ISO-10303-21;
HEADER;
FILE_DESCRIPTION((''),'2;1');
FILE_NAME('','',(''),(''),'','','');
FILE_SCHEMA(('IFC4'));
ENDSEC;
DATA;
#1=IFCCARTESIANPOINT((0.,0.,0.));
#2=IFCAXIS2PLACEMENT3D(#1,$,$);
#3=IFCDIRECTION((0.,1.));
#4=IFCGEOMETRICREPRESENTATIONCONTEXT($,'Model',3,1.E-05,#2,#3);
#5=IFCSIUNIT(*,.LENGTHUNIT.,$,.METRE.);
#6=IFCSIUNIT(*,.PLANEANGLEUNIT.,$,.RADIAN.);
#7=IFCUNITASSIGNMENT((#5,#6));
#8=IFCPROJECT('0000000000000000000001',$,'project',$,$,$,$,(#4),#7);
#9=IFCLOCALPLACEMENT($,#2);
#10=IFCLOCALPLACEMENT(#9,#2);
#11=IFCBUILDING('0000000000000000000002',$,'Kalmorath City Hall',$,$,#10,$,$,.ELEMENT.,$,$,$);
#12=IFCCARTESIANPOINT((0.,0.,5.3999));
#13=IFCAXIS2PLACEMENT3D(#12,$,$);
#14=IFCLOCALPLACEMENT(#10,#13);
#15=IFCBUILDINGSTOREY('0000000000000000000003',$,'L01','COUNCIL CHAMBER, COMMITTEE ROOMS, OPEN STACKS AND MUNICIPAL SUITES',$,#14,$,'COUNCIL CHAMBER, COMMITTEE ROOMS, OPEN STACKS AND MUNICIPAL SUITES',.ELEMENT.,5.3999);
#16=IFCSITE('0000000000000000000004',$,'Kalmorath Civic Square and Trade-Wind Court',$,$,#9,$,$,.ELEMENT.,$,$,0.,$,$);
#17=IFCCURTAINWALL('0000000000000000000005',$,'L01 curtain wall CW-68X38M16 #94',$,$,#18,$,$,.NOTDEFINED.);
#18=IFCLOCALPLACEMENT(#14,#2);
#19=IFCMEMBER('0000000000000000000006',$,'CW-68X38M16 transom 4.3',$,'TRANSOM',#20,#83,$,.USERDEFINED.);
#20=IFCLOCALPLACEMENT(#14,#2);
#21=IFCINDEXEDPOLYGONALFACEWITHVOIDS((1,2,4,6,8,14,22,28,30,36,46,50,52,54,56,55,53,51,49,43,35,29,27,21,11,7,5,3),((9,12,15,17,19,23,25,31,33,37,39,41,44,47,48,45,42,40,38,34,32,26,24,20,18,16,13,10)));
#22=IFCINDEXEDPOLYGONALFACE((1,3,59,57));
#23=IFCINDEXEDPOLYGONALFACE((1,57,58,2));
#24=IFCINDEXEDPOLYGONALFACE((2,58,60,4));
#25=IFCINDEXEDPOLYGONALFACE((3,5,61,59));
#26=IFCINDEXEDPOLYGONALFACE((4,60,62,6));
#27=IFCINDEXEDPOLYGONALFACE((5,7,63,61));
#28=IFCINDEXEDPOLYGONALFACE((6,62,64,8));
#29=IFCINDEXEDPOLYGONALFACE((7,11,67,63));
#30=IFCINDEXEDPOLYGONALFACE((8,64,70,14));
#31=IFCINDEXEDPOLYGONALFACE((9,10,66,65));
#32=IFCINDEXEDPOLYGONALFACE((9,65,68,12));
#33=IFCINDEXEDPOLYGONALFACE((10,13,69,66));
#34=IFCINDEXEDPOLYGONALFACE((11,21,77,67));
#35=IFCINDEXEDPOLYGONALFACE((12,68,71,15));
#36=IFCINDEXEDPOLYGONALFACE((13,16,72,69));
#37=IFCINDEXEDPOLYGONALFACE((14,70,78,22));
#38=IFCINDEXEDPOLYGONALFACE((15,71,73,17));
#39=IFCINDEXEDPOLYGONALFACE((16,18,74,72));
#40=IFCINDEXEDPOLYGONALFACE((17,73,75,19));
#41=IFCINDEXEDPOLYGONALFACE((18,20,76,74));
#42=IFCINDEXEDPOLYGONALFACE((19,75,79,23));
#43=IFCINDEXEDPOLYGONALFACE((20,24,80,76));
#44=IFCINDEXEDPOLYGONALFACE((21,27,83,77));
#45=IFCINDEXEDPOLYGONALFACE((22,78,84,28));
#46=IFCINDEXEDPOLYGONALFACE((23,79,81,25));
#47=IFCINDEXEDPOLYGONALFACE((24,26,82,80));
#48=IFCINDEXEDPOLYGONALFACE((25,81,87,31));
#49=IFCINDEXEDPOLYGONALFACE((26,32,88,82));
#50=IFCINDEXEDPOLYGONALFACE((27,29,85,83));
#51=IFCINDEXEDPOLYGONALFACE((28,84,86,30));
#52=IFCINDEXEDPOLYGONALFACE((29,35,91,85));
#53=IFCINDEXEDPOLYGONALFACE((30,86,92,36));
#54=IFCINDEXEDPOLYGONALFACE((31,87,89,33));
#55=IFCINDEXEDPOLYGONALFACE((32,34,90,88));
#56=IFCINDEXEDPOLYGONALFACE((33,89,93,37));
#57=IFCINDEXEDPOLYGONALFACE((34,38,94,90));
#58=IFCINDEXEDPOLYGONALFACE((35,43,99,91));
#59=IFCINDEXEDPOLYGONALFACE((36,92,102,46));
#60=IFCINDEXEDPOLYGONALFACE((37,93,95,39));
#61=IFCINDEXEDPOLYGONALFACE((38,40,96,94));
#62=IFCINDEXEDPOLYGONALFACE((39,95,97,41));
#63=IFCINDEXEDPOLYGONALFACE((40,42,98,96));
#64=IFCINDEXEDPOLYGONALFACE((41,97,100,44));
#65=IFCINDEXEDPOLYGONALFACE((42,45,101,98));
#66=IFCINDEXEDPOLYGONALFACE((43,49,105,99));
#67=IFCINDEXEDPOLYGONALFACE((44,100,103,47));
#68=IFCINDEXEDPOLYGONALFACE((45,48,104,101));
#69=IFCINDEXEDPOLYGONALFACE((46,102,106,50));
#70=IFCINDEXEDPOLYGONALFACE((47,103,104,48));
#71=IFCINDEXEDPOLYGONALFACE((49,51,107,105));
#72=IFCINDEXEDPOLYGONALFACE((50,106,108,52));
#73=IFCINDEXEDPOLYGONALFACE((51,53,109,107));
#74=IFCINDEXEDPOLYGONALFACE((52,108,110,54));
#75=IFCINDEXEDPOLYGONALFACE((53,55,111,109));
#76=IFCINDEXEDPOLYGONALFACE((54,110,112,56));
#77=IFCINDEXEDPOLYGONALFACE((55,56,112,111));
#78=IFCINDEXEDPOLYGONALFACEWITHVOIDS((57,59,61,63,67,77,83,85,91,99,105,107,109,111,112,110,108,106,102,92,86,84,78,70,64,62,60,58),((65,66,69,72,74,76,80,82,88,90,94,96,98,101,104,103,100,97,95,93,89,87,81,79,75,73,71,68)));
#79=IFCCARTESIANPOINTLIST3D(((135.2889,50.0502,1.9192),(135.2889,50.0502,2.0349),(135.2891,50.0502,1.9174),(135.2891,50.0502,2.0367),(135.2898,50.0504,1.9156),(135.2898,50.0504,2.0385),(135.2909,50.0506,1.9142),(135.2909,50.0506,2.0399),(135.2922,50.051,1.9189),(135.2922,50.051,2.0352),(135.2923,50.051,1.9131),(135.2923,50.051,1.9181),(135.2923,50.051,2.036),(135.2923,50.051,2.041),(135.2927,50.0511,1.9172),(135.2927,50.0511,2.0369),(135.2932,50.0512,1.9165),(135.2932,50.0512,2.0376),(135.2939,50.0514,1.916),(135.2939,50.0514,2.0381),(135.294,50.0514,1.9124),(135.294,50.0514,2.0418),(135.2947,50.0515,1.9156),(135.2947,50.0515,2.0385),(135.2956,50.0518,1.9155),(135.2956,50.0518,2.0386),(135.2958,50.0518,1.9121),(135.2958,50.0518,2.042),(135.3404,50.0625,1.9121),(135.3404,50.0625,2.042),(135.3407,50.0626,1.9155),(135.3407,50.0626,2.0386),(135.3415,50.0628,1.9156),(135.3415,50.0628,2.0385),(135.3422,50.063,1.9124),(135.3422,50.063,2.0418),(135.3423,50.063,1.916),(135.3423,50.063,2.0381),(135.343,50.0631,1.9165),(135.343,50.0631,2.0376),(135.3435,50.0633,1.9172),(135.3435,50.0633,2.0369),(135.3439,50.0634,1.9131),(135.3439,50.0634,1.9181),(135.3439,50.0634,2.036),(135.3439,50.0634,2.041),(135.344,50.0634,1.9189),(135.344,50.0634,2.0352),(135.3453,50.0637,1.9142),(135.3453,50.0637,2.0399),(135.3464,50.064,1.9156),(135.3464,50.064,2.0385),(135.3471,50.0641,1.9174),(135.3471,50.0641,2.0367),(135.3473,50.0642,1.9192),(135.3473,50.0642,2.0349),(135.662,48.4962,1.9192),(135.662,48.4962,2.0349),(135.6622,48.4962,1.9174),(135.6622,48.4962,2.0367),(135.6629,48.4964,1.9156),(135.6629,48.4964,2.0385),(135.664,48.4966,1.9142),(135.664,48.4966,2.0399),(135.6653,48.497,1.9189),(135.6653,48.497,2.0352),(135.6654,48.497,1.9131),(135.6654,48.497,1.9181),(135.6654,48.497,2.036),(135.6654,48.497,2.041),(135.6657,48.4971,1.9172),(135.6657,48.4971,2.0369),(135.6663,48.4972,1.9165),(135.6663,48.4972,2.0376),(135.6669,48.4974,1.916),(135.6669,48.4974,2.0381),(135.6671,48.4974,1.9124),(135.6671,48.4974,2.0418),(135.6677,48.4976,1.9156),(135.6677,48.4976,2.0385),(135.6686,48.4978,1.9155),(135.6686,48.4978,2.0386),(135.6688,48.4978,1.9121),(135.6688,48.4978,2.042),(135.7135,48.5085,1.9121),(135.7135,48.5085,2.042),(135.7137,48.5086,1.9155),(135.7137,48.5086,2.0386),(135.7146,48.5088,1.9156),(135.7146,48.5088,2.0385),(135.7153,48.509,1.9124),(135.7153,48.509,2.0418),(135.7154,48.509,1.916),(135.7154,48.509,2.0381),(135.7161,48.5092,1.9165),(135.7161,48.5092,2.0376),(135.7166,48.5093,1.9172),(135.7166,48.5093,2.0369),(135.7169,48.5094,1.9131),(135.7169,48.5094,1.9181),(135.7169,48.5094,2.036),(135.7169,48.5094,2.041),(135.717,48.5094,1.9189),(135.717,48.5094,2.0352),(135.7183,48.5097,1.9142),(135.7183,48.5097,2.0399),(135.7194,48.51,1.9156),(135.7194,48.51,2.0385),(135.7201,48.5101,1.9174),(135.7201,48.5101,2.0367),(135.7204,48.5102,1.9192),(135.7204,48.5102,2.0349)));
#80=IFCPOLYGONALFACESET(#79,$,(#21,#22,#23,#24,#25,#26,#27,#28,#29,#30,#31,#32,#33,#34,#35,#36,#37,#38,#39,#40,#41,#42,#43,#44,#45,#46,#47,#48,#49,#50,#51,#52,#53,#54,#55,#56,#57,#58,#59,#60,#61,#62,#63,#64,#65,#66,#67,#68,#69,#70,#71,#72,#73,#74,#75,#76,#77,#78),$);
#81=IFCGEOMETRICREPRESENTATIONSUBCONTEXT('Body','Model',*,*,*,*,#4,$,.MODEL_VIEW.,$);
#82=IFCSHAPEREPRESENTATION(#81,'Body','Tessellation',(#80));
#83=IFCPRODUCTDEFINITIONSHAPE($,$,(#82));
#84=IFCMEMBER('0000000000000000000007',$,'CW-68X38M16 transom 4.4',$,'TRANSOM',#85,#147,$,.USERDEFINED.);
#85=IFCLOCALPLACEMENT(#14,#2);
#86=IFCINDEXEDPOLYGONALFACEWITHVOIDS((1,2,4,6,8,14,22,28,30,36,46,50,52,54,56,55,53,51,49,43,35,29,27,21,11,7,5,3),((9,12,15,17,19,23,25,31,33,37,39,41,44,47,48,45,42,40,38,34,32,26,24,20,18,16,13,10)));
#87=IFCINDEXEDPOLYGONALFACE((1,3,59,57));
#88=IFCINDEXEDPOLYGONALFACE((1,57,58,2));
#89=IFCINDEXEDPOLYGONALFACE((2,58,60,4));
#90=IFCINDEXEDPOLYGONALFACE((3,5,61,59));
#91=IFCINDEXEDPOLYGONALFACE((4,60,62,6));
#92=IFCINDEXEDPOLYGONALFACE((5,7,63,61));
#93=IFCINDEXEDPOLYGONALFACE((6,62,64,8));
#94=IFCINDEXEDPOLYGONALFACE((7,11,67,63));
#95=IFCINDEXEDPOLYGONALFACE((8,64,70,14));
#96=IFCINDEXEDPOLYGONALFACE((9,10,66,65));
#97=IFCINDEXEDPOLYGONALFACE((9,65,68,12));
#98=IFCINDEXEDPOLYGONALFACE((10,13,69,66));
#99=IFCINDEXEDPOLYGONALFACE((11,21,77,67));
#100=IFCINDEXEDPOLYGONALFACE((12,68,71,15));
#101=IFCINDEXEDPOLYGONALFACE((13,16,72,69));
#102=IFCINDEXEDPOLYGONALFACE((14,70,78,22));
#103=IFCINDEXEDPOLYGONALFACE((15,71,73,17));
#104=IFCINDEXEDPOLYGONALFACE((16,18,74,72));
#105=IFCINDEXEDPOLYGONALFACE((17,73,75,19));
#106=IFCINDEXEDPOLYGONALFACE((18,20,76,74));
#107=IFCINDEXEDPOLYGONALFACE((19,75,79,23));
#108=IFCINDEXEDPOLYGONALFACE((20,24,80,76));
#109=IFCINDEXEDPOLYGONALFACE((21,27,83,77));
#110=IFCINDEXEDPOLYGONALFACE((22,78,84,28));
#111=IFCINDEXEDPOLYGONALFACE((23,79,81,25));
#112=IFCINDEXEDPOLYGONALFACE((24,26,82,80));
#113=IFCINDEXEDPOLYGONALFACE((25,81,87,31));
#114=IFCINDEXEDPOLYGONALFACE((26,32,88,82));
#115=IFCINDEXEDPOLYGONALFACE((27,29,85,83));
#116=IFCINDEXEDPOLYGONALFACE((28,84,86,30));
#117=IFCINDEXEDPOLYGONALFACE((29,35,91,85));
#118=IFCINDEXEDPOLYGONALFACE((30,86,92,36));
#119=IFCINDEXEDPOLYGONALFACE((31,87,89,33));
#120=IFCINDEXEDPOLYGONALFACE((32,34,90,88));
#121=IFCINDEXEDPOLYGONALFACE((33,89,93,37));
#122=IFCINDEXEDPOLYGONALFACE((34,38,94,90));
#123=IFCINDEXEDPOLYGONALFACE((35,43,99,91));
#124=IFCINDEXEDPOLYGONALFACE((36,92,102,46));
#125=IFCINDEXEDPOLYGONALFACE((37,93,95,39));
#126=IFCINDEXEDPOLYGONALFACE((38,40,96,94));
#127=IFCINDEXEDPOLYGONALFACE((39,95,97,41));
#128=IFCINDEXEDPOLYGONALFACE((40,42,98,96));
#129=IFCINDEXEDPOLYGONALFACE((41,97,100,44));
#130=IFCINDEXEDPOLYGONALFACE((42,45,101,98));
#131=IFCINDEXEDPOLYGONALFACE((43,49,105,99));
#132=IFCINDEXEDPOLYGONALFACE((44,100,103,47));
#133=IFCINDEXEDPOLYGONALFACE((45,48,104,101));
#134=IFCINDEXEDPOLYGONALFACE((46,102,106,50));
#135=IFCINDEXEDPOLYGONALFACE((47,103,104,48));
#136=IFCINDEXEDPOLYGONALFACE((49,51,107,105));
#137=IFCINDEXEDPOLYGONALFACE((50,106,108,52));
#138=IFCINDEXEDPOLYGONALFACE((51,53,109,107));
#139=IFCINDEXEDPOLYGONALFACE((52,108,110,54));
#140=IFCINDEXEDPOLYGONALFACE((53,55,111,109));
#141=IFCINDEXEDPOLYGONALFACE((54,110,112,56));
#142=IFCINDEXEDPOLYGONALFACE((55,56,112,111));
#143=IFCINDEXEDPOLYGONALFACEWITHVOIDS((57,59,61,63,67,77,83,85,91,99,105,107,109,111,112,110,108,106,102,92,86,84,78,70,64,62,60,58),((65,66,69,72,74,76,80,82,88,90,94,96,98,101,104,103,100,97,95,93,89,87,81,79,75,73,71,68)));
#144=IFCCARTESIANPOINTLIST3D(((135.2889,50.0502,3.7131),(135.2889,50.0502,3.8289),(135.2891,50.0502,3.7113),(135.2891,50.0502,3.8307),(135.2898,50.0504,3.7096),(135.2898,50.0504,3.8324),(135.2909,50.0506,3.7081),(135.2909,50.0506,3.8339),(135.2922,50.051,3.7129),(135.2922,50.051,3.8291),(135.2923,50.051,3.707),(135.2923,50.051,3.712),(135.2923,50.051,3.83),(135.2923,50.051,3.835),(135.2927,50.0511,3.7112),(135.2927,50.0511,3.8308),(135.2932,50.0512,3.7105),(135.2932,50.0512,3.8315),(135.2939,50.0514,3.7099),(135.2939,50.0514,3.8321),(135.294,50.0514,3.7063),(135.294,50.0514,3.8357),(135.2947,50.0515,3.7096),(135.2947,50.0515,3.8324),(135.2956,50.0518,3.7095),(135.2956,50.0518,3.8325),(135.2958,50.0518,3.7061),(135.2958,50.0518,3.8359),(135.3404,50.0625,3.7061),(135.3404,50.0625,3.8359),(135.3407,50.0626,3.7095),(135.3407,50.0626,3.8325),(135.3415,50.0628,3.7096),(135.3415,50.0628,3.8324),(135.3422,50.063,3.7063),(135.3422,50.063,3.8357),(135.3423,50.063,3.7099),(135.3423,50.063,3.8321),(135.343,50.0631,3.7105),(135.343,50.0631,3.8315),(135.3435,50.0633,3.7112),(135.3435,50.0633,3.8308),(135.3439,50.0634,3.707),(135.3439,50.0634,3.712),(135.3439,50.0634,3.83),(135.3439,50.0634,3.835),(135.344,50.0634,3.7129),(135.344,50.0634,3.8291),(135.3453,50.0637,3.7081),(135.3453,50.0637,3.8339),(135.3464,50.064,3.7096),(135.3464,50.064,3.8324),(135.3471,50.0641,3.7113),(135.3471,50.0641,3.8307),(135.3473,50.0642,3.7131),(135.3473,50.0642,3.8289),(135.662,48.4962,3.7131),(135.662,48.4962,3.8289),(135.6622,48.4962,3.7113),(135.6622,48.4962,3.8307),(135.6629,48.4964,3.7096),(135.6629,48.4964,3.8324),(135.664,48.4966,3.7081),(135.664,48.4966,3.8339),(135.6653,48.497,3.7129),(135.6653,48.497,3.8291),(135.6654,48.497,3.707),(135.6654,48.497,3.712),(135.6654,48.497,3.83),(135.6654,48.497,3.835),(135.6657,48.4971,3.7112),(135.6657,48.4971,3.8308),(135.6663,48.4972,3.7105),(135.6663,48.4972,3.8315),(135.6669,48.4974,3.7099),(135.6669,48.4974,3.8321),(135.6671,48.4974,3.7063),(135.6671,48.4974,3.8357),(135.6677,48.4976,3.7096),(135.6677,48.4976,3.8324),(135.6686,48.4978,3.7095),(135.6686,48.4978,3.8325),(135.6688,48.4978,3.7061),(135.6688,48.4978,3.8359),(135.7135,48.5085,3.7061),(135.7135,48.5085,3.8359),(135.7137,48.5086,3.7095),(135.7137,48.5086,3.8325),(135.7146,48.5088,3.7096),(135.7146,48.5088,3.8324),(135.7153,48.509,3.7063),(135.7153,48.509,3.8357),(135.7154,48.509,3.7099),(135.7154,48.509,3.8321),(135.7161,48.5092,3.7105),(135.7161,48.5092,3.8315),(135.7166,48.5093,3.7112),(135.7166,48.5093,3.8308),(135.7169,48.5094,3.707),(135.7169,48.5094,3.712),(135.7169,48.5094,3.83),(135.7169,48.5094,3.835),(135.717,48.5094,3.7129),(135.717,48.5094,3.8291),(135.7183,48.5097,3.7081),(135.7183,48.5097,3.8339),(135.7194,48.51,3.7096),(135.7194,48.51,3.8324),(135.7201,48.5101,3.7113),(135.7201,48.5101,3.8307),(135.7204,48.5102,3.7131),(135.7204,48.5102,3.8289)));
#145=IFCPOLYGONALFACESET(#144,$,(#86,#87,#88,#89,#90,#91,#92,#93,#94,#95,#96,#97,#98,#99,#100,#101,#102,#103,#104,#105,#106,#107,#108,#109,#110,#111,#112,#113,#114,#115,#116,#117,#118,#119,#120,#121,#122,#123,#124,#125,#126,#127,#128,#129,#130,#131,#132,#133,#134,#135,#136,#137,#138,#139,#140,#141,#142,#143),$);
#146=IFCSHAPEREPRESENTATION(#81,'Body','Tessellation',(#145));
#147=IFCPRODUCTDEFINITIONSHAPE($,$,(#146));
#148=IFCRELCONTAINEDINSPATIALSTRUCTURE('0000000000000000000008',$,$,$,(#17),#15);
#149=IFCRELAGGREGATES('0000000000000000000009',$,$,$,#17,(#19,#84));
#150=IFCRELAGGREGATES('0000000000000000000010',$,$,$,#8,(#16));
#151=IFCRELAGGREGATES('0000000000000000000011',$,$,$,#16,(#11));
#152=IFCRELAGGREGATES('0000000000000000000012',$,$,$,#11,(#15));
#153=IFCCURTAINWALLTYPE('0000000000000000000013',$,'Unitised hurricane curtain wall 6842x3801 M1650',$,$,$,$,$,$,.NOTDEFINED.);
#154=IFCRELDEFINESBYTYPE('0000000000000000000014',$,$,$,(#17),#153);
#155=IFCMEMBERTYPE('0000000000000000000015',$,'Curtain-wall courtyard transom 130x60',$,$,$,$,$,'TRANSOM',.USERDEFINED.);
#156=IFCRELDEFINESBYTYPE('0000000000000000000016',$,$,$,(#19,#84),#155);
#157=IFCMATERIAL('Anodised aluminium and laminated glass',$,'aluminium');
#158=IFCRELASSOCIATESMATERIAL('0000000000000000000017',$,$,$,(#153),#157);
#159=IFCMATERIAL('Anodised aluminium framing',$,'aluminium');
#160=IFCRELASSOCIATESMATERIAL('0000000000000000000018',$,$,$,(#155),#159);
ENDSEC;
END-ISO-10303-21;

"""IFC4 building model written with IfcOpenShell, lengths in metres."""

from ifc_helpers import new_model, si_unit, direction, frame, origin, origin_2d, place, context, subcontext, project, spatial, hollow_rectangle, extrude, material, material_profile, profile_set, type_object, element, aggregate, save


model = new_model("IFC4")

# Units and contexts
model_context = context("Model", 3, precision=1e-05, world=origin(), true_north=direction((0.0, 1.0)))
body_context = subcontext(model_context, "Body", "Model", "MODEL_VIEW")
ifc_project = project(units=[si_unit("LENGTHUNIT", "METRE"), si_unit("PLANEANGLEUNIT", "RADIAN")], contexts=[model_context])

# Site, building, storey
site_placement = place(None, origin())
site = spatial("IfcSite", under=ifc_project, at=site_placement, Name="Kalmorath Civic Square and Trade-Wind Court", CompositionType="ELEMENT", RefElevation=0.0)
building_placement = place(site_placement, origin())
building = spatial("IfcBuilding", under=site, at=building_placement, Name="Kalmorath City Hall", CompositionType="ELEMENT")
storey_placement = place(building_placement, frame((0.0, 0.0, 5.3999)))
storey = spatial("IfcBuildingStorey", under=building, at=storey_placement, Name="L01", Description="COUNCIL CHAMBER, COMMITTEE ROOMS, OPEN STACKS AND MUNICIPAL SUITES", LongName="COUNCIL CHAMBER, COMMITTEE ROOMS, OPEN STACKS AND MUNICIPAL SUITES", CompositionType="ELEMENT", Elevation=5.3999)

# Curtain wall, members
ifc_material_1 = material(Name="Anodised aluminium and laminated glass", Category="aluminium")
curtain_wall_type_1 = type_object("IfcCurtainWallType", Name="Unitised hurricane curtain wall 6842x3801 M1650", PredefinedType="NOTDEFINED", material=ifc_material_1)
curtain_wall_1_placement = place(storey_placement, origin())
curtain_wall_1 = element("IfcCurtainWall", 1, at=curtain_wall_1_placement, inside=storey, type_object=curtain_wall_type_1, Name="L01 curtain wall CW-68X38M16 #94", PredefinedType="NOTDEFINED")
ifc_material_2 = material(Name="Anodised aluminium framing", Category="aluminium")
ifc_material_profile_1 = material_profile(ifc_material_2, hollow_rectangle(XDim=0.0601, YDim=0.1299, WallThickness=0.0034, InnerFilletRadius=0.0034, OuterFilletRadius=0.0071, at=origin_2d()), Name="ALU-TRN-130X60X3.5")
ifc_profile_set_1 = profile_set([ifc_material_profile_1], Name="Anodised aluminium framing")
member_type_1 = type_object("IfcMemberType", Name="Curtain-wall courtyard transom 130x60", ElementType="TRANSOM", PredefinedType="USERDEFINED", material=ifc_profile_set_1)
member_1_placement = place(storey_placement, frame((135.6912, 48.5032, 1.9771), z_axis=(-0.233431, 0.972373, 0.0), x_axis=(-0.972373, -0.233431, 0.0)))
member_1 = element("IfcMember", 2, at=member_1_placement, type_object=member_type_1, Name="CW-68X38M16 transom 4.3", ObjectType="TRANSOM", PredefinedType="USERDEFINED", context=body_context, shape_type="SweptSolid", body=[
    extrude(hollow_rectangle(XDim=0.0601, YDim=0.1299, WallThickness=0.0034, InnerFilletRadius=0.0034, OuterFilletRadius=0.0071, at=origin_2d()), origin(), (0.0, 0.0, 1.0), 1.5981),
])
member_2_placement = place(storey_placement, frame((135.6912, 48.5032, 3.771), z_axis=(-0.233431, 0.972373, 0.0), x_axis=(-0.972373, -0.233431, 0.0)))
member_2 = element("IfcMember", 3, at=member_2_placement, type_object=member_type_1, Name="CW-68X38M16 transom 4.4", ObjectType="TRANSOM", PredefinedType="USERDEFINED", context=body_context, shape_type="SweptSolid", body=[
    extrude(hollow_rectangle(XDim=0.0601, YDim=0.1299, WallThickness=0.0034, InnerFilletRadius=0.0034, OuterFilletRadius=0.0071, at=origin_2d()), origin(), (0.0, 0.0, 1.0), 1.5981),
])

aggregate(curtain_wall_1, [member_1, member_2])

save(model, "model.ifc")
